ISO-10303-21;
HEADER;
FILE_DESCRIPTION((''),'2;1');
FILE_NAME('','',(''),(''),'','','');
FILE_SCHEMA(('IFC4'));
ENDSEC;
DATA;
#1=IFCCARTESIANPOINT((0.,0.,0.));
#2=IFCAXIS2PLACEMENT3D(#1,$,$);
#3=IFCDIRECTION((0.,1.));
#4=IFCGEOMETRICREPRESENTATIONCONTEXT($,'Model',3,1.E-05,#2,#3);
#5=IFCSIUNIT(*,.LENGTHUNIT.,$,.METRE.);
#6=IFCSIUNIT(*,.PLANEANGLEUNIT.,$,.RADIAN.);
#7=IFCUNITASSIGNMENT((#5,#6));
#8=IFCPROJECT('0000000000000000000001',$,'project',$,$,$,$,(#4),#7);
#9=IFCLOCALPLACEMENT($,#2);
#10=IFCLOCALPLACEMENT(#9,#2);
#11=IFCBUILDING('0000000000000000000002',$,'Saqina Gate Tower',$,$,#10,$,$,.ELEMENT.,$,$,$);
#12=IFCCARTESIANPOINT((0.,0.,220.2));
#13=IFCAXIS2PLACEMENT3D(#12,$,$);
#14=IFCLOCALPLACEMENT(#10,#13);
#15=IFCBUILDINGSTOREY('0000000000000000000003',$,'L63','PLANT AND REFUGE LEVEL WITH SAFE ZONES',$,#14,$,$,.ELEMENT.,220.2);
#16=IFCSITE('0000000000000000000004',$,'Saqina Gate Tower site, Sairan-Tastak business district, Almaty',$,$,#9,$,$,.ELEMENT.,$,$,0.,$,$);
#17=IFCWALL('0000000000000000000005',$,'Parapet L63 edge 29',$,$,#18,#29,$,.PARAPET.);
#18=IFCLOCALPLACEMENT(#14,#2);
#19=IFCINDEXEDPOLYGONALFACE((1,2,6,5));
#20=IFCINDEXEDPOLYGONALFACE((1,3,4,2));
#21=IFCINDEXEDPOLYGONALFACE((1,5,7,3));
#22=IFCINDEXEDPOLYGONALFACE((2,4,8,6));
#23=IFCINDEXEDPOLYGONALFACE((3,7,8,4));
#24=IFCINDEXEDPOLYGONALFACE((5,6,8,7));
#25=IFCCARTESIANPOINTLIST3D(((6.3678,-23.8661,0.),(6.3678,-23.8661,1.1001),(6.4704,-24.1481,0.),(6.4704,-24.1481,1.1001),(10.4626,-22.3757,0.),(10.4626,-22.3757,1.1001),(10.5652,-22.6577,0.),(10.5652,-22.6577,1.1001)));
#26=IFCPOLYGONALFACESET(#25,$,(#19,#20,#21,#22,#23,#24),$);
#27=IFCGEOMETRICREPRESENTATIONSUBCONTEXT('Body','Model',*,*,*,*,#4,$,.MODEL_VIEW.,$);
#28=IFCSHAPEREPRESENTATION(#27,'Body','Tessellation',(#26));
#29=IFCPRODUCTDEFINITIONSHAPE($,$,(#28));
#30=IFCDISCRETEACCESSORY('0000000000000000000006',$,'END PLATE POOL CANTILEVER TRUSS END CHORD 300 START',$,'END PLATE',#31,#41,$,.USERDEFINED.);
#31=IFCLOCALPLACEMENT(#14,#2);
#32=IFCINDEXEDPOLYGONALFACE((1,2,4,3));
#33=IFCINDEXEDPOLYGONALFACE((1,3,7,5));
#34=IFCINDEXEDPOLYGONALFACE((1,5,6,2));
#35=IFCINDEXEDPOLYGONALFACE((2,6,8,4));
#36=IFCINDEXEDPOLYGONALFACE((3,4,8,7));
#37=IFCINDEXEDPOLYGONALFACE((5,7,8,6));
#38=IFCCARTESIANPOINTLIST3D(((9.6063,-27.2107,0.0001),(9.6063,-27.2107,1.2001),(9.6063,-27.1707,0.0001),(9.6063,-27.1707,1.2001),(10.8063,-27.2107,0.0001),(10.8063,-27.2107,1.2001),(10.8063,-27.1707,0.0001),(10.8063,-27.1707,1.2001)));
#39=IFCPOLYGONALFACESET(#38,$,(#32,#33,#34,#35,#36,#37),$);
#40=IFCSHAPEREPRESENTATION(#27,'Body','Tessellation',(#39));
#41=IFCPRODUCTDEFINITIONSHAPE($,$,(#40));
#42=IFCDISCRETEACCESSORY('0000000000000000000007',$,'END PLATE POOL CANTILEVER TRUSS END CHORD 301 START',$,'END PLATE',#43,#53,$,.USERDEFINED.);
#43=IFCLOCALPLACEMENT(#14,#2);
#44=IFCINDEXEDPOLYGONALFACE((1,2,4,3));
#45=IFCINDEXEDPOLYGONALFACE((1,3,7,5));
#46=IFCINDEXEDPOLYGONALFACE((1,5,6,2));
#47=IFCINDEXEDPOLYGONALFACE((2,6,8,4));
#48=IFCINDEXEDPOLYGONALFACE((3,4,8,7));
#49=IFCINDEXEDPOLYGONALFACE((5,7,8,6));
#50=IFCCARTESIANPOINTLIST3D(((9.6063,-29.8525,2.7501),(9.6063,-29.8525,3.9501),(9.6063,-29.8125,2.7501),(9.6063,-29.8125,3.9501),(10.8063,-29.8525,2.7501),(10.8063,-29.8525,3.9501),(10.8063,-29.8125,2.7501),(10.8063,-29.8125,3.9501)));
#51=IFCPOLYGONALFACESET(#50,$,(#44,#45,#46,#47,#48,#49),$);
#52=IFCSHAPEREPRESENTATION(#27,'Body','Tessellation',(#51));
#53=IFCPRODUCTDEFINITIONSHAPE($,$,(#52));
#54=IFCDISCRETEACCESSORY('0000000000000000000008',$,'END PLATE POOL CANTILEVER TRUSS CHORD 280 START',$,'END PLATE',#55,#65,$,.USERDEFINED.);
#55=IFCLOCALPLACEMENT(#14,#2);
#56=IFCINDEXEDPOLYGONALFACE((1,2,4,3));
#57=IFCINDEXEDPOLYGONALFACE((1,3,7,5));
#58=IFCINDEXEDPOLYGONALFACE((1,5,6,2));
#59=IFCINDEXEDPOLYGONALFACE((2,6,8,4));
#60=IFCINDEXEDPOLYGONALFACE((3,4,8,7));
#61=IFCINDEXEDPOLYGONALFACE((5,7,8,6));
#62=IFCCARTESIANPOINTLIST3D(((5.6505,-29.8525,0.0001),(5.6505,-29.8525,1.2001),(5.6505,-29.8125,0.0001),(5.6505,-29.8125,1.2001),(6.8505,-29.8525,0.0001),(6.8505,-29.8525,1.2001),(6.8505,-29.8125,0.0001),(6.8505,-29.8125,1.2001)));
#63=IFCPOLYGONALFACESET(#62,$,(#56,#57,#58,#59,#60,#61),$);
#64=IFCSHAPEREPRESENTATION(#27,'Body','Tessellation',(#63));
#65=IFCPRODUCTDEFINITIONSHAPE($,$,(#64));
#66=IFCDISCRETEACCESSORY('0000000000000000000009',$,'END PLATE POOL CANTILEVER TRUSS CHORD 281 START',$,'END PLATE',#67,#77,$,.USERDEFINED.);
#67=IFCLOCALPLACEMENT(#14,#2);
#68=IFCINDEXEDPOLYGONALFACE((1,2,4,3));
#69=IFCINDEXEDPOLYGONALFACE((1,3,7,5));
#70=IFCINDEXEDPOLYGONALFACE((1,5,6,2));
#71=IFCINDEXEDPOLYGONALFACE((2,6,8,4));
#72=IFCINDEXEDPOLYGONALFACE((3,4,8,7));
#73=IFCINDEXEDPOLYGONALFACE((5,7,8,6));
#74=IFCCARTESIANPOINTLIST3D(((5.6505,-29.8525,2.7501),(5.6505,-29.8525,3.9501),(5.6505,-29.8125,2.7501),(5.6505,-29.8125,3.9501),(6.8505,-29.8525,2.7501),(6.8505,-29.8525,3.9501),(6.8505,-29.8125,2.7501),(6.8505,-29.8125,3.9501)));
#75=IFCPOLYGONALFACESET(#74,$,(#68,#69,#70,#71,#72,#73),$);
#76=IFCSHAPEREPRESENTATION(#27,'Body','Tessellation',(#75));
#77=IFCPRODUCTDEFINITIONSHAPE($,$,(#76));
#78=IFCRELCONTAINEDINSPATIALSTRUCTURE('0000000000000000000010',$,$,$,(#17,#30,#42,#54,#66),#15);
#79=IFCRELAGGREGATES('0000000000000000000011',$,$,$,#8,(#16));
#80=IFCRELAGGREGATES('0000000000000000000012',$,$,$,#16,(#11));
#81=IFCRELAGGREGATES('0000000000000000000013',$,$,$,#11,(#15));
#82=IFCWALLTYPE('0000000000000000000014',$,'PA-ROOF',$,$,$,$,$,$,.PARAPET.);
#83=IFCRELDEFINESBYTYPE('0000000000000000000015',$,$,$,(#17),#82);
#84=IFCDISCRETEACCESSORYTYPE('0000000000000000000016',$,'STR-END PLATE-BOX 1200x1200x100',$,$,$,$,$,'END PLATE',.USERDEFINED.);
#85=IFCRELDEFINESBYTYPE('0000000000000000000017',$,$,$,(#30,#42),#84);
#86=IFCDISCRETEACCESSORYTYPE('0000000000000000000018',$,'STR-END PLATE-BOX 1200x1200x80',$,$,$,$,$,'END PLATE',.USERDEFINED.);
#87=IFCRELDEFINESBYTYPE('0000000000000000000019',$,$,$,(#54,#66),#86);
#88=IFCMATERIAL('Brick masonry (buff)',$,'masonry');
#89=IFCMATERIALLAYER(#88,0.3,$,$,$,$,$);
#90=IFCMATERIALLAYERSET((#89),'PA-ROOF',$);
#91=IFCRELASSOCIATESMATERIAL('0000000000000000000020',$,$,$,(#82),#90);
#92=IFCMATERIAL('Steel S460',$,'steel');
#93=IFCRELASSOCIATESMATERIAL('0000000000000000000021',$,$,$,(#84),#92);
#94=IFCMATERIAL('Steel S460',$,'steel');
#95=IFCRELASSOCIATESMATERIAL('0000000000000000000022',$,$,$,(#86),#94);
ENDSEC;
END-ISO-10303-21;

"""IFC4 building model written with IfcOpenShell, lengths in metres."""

from ifc_helpers import new_model, si_unit, direction, frame, frame_2d, origin, origin_2d, place, context, subcontext, project, spatial, rectangle, extrude, material, layer, layer_set, material_profile, profile_set, type_object, element, save


model = new_model("IFC4")

# Units and contexts
model_context = context("Model", 3, precision=1e-05, world=origin(), true_north=direction((0.0, 1.0)))
body_context = subcontext(model_context, "Body", "Model", "MODEL_VIEW")
ifc_project = project(units=[si_unit("LENGTHUNIT", "METRE"), si_unit("PLANEANGLEUNIT", "RADIAN")], contexts=[model_context])

# Site, building, storey
site_placement = place(None, origin())
site = spatial("IfcSite", under=ifc_project, at=site_placement, Name="Saqina Gate Tower site, Sairan-Tastak business district, Almaty", CompositionType="ELEMENT", RefElevation=0.0)
building_placement = place(site_placement, origin())
building = spatial("IfcBuilding", under=site, at=building_placement, Name="Saqina Gate Tower", CompositionType="ELEMENT")
storey_placement = place(building_placement, frame((0.0, 0.0, 220.2)))
storey = spatial("IfcBuildingStorey", under=building, at=storey_placement, Name="L63", Description="PLANT AND REFUGE LEVEL WITH SAFE ZONES", CompositionType="ELEMENT", Elevation=220.2)

# Wall
ifc_material_1 = material(Name="Brick masonry (buff)", Category="masonry")
ifc_layer = layer(ifc_material_1, 0.3)
ifc_layer_set = layer_set([ifc_layer], Name="PA-ROOF")
wall_type = type_object("IfcWallType", Name="PA-ROOF", PredefinedType="PARAPET", material=ifc_layer_set)
wall_placement = place(storey_placement, frame((6.4192, -24.0071, 0.0), z_axis=(0.0, 0.0, 1.0), x_axis=(0.93969, 0.342026, 0.0)))
element("IfcWall", 1, at=wall_placement, inside=storey, type_object=wall_type, Name="Parapet L63 edge 29", PredefinedType="PARAPET", context=body_context, shape_type="SweptSolid", body=[
    extrude(rectangle(XDim=4.3577, YDim=0.3, at=frame_2d((2.1787, 0.0))), origin(), (0.0, 0.0, 1.0), 1.1001),
])

# Discrete accessories
ifc_material_2 = material(Name="Steel S460", Category="steel")
ifc_material_profile_1 = material_profile(ifc_material_2, rectangle(XDim=1.2, YDim=1.2, at=origin_2d()), Name="STR-END PLATE-BOX 1200x1200x100")
ifc_profile_set_1 = profile_set([ifc_material_profile_1], Name="Steel S460")
discrete_accessory_type_1 = type_object("IfcDiscreteAccessoryType", Name="STR-END PLATE-BOX 1200x1200x100", ElementType="END PLATE", PredefinedType="USERDEFINED", material=ifc_profile_set_1)
for number, where, z_axis, x_axis, name in (
    (2, (10.2063, -27.1707, 0.6001), (0.0, -1.0, 0.0), (-1.0, 0.0, 0.0), "END PLATE POOL CANTILEVER TRUSS END CHORD 300 START"),
    (3, (10.2063, -29.8125, 3.3501), (0.0, -1.0, 0.0), (-1.0, 0.0, 0.0), "END PLATE POOL CANTILEVER TRUSS END CHORD 301 START"),
):
    element("IfcDiscreteAccessory", number, at=place(storey_placement, frame(where, z_axis=z_axis, x_axis=x_axis)), inside=storey, type_object=discrete_accessory_type_1, Name=name, ObjectType="END PLATE", PredefinedType="USERDEFINED", context=body_context, shape_type="SweptSolid", body=[
        extrude(rectangle(XDim=1.2, YDim=1.2, at=origin_2d()), origin(), (0.0, 0.0, 1.0), 0.04),
    ])
ifc_material_3 = material(Name="Steel S460", Category="steel")
ifc_material_profile_2 = material_profile(ifc_material_3, rectangle(XDim=1.2, YDim=1.2, at=origin_2d()), Name="STR-END PLATE-BOX 1200x1200x80")
ifc_profile_set_2 = profile_set([ifc_material_profile_2], Name="Steel S460")
discrete_accessory_type_2 = type_object("IfcDiscreteAccessoryType", Name="STR-END PLATE-BOX 1200x1200x80", ElementType="END PLATE", PredefinedType="USERDEFINED", material=ifc_profile_set_2)
for number, where, z_axis, x_axis, name in (
    (4, (6.2505, -29.8125, 0.6001), (0.0, -1.0, 0.0), (-1.0, 0.0, 0.0), "END PLATE POOL CANTILEVER TRUSS CHORD 280 START"),
    (5, (6.2505, -29.8125, 3.3501), (0.0, -1.0, 0.0), (-1.0, 0.0, 0.0), "END PLATE POOL CANTILEVER TRUSS CHORD 281 START"),
):
    element("IfcDiscreteAccessory", number, at=place(storey_placement, frame(where, z_axis=z_axis, x_axis=x_axis)), inside=storey, type_object=discrete_accessory_type_2, Name=name, ObjectType="END PLATE", PredefinedType="USERDEFINED", context=body_context, shape_type="SweptSolid", body=[
        extrude(rectangle(XDim=1.2, YDim=1.2, at=origin_2d()), origin(), (0.0, 0.0, 1.0), 0.04),
    ])

save(model, "model.ifc")
